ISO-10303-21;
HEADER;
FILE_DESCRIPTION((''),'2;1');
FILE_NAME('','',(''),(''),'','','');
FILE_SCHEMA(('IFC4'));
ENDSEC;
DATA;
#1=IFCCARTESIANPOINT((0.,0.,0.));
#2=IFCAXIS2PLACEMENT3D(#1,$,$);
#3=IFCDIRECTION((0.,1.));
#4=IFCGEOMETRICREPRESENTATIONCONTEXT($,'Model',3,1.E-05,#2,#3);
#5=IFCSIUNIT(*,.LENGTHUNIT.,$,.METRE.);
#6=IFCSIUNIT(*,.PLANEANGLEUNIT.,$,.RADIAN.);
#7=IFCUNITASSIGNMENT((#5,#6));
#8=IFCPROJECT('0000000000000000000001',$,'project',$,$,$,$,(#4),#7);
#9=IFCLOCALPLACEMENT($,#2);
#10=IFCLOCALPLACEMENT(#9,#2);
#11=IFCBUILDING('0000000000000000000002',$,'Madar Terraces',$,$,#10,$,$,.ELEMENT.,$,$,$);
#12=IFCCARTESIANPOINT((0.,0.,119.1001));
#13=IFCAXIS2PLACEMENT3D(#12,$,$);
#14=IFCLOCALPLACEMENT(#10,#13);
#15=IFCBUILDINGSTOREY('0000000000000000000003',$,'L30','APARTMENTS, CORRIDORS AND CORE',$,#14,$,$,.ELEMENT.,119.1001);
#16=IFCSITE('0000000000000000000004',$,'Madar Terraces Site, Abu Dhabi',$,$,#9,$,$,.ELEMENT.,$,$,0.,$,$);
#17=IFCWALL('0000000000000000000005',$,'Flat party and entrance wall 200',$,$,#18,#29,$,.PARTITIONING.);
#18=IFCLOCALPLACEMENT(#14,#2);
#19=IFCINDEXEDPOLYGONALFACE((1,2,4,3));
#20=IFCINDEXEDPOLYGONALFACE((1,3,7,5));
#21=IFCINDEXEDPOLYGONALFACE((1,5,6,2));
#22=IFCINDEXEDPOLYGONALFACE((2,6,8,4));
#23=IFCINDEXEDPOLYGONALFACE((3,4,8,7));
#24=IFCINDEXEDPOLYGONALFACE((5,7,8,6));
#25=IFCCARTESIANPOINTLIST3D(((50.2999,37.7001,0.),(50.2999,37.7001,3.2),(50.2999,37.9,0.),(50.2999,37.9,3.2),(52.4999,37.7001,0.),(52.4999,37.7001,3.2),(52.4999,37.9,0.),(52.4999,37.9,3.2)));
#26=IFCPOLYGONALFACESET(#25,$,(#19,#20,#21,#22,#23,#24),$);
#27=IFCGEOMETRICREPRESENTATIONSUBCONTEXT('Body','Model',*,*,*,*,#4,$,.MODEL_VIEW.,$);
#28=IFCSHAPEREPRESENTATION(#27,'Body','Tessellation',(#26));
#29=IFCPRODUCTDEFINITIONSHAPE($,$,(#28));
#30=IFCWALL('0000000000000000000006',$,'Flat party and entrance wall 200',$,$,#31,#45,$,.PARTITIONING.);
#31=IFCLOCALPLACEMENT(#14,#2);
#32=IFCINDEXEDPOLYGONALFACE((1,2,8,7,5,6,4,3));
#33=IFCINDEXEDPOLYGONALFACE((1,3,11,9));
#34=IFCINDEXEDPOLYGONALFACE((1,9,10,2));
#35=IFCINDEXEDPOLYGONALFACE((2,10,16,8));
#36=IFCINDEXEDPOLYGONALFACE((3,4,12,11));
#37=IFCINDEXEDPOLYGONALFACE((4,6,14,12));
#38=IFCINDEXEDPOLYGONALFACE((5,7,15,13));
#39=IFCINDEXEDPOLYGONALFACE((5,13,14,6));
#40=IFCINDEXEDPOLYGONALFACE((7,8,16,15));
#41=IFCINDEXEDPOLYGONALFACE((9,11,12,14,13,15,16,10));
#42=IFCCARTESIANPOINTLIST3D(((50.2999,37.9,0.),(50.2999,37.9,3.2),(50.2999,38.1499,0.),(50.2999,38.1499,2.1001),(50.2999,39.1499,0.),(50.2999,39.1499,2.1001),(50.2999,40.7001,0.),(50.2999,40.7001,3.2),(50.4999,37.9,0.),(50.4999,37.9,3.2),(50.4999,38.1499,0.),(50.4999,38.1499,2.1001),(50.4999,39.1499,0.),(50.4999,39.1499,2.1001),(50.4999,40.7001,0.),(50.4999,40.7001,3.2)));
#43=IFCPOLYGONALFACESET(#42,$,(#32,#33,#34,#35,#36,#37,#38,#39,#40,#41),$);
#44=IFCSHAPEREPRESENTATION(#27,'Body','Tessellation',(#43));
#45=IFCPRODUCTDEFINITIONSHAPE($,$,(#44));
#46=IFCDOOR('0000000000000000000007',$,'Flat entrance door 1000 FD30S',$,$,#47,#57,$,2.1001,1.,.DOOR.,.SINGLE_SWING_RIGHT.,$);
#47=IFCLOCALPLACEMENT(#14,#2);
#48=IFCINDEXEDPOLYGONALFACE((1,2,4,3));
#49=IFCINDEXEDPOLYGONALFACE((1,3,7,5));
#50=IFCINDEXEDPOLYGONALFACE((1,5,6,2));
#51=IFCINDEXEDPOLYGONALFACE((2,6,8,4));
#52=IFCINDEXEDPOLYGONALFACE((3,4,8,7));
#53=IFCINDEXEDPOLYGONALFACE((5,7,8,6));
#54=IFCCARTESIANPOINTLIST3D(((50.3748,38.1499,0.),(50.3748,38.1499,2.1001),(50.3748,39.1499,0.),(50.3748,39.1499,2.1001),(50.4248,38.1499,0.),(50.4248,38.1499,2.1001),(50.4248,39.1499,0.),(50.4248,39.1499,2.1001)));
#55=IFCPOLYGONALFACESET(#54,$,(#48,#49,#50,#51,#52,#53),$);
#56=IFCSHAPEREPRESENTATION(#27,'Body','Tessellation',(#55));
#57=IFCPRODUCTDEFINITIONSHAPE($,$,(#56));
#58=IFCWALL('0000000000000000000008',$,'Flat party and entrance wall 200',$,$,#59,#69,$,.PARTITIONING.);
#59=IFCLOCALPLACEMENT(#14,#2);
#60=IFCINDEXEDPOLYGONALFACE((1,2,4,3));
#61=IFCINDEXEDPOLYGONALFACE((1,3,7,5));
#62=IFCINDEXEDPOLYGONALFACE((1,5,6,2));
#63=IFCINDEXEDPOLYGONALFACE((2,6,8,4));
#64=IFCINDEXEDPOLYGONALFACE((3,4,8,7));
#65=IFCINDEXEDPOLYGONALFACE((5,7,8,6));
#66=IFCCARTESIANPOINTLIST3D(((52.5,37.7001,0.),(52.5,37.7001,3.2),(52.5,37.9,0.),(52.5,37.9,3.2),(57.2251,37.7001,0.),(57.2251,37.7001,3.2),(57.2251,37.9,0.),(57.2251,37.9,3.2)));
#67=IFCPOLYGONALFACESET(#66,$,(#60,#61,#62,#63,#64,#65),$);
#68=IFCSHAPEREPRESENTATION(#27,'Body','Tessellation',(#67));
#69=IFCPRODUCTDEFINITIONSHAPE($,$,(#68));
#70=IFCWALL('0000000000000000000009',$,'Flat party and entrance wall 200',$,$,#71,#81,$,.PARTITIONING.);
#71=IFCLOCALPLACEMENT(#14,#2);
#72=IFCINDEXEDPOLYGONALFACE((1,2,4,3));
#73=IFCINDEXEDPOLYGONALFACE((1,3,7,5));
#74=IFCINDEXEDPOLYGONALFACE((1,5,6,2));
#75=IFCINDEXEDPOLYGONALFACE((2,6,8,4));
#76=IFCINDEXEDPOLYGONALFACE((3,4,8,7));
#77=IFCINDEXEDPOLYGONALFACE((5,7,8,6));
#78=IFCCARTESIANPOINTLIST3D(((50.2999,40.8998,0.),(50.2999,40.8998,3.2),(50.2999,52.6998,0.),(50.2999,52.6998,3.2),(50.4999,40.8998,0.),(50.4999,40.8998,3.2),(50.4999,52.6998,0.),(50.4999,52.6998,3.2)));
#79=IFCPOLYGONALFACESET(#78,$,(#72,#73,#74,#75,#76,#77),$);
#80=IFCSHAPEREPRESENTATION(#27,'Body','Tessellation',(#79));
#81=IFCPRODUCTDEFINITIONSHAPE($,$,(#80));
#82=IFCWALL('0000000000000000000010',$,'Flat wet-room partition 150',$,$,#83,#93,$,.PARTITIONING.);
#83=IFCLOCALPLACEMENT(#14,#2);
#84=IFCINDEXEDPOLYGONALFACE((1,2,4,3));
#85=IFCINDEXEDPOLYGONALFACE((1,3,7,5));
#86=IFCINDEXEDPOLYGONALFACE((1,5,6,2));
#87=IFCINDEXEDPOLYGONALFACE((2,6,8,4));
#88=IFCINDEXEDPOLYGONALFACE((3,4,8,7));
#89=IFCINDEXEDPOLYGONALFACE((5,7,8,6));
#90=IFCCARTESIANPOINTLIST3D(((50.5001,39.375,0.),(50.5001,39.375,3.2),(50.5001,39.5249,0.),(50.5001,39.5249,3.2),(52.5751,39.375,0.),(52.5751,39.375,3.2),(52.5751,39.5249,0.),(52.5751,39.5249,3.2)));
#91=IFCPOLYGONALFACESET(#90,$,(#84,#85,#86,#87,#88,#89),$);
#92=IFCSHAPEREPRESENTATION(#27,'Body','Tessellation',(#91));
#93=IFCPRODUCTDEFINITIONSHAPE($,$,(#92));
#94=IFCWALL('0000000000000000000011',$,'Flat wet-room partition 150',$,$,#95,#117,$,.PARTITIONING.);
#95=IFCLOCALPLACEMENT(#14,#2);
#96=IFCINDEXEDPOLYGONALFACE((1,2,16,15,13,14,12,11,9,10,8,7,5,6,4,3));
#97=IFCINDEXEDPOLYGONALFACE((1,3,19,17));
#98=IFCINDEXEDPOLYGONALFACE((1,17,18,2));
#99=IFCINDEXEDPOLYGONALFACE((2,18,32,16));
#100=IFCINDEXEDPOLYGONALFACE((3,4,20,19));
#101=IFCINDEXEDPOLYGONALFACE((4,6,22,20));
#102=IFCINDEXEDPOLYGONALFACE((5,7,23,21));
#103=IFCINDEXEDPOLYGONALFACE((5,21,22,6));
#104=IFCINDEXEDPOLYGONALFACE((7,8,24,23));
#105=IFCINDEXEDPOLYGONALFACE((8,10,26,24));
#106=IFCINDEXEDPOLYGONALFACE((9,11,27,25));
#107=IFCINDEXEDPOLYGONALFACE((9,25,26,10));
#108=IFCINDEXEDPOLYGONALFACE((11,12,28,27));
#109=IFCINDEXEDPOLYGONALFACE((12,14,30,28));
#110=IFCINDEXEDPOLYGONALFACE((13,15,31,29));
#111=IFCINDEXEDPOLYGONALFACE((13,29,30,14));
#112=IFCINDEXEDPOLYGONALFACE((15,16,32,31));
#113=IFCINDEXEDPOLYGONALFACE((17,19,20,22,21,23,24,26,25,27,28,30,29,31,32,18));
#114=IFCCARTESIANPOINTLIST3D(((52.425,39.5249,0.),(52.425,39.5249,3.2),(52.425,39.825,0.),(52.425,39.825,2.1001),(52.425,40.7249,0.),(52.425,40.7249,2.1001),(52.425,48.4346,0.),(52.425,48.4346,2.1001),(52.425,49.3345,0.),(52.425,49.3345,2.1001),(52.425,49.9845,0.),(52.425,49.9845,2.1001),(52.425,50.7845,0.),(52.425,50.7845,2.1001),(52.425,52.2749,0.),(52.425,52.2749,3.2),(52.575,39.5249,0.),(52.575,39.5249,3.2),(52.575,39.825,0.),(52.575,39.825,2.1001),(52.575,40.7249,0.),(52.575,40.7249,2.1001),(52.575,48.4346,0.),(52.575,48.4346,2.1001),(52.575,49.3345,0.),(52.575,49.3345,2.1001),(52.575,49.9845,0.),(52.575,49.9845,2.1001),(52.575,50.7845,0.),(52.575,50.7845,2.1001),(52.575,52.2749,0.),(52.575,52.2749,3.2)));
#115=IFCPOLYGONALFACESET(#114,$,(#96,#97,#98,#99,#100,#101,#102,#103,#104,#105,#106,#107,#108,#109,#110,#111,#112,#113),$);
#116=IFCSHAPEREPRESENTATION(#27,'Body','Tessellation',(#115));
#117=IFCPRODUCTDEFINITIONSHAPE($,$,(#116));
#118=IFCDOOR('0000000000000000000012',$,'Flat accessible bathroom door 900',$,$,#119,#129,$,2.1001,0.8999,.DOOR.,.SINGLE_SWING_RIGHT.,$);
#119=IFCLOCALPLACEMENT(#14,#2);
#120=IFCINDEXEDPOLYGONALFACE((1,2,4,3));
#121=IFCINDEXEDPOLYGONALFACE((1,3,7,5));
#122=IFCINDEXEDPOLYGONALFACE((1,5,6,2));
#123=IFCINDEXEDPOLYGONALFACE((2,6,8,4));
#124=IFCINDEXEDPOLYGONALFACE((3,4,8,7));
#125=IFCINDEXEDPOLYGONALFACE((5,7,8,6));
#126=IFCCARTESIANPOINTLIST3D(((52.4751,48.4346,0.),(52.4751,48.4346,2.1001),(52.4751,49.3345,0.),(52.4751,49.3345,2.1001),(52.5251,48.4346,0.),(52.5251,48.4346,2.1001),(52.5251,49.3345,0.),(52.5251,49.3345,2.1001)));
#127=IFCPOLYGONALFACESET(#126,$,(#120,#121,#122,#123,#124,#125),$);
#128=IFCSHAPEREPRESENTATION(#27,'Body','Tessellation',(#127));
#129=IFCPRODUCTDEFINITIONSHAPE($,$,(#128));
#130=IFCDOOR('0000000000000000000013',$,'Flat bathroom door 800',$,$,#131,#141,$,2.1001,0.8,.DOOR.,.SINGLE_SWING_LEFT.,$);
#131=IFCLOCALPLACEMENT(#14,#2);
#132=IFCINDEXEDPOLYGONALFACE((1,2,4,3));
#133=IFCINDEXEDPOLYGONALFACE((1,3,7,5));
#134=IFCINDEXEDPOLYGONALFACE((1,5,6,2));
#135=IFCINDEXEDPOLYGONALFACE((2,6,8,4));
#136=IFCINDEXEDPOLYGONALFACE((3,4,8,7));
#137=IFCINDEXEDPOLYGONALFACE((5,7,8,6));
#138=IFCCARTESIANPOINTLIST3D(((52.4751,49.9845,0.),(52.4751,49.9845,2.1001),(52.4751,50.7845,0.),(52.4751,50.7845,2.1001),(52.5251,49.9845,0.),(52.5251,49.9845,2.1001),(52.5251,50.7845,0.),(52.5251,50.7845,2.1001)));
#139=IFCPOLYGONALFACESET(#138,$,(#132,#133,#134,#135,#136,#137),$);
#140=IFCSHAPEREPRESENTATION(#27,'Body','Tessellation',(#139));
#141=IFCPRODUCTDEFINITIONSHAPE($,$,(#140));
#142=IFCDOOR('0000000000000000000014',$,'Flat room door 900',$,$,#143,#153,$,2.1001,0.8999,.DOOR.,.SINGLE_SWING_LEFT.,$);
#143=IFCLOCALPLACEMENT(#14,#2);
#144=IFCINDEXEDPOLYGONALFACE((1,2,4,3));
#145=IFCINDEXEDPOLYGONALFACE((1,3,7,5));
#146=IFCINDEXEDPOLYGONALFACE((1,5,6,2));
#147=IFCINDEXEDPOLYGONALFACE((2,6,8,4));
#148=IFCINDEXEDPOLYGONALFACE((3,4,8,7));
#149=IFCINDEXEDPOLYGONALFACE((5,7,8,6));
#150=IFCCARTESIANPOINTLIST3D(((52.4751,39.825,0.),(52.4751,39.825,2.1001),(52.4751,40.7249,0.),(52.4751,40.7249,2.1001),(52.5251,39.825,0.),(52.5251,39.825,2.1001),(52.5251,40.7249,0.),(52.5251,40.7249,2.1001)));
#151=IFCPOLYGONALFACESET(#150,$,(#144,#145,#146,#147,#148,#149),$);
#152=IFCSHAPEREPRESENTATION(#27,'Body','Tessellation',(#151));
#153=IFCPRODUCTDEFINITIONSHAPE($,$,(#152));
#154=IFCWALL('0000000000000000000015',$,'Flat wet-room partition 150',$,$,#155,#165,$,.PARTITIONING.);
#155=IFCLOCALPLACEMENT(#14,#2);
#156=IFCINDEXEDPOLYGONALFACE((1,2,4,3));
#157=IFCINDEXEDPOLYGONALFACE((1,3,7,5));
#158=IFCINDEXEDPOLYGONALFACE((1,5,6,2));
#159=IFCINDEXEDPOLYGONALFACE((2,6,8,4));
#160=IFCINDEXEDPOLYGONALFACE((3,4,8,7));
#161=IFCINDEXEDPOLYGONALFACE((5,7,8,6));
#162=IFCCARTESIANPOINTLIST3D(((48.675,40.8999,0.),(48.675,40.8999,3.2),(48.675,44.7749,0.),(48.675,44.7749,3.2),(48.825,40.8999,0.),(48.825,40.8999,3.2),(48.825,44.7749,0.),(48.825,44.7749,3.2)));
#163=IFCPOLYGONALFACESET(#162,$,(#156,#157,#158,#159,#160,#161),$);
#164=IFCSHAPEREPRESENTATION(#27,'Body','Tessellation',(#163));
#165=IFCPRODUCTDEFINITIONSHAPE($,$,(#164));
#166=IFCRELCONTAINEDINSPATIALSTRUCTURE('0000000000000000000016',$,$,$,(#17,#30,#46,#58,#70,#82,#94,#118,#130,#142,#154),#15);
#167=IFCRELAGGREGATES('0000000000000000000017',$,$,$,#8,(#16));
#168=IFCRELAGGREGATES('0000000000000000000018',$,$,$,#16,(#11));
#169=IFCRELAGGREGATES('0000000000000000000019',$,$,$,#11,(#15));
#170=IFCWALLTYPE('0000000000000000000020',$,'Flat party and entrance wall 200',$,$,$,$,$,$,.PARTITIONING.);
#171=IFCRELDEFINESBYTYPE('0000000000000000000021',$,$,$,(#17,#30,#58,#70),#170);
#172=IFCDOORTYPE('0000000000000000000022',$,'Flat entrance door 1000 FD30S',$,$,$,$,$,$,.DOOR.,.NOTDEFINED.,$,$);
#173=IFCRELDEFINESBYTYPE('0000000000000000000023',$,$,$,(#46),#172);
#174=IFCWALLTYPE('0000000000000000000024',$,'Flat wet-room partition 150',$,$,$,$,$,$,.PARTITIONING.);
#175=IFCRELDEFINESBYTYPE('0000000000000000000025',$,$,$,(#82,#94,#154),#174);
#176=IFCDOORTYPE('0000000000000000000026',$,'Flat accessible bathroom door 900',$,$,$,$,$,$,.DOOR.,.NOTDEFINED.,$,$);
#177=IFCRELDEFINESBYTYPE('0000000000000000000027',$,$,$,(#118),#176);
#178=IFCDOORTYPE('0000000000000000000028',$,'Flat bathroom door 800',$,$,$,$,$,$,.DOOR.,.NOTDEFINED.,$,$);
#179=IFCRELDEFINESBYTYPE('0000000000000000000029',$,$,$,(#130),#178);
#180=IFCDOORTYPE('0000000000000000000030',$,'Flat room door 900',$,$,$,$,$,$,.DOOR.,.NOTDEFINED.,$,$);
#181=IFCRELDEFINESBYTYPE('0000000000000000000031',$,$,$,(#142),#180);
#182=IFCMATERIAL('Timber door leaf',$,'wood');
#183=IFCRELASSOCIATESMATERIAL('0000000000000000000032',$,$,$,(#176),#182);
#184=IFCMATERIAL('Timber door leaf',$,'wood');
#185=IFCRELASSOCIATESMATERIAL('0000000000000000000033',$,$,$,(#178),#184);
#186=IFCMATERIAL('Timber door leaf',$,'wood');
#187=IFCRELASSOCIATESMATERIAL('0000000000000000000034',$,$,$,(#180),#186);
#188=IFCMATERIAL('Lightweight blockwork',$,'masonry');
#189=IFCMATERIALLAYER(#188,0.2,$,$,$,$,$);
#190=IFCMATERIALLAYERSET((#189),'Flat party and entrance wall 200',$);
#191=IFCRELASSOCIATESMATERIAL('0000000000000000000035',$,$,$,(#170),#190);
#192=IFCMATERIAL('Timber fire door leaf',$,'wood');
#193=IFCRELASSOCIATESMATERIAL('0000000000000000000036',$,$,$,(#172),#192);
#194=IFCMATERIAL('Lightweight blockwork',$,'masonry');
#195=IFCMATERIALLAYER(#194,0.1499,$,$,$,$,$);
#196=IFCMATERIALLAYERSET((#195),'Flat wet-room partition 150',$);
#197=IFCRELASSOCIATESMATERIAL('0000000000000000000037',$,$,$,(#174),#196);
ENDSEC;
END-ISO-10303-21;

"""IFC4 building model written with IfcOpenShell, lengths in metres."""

from ifc_helpers import new_model, si_unit, direction, frame, frame_2d, origin, place, context, subcontext, project, spatial, rectangle, extrude, material, layer, layer_set, type_object, element, fill, save


model = new_model("IFC4")

# Units and contexts
model_context = context("Model", 3, precision=1e-05, world=origin(), true_north=direction((0.0, 1.0)))
body_context = subcontext(model_context, "Body", "Model", "MODEL_VIEW")
ifc_project = project(units=[si_unit("LENGTHUNIT", "METRE"), si_unit("PLANEANGLEUNIT", "RADIAN")], contexts=[model_context])

# Site, building, storey
site_placement = place(None, origin())
site = spatial("IfcSite", under=ifc_project, at=site_placement, Name="Madar Terraces Site, Abu Dhabi", CompositionType="ELEMENT", RefElevation=0.0)
building_placement = place(site_placement, origin())
building = spatial("IfcBuilding", under=site, at=building_placement, Name="Madar Terraces", CompositionType="ELEMENT")
storey_placement = place(building_placement, frame((0.0, 0.0, 119.1001)))
storey = spatial("IfcBuildingStorey", under=building, at=storey_placement, Name="L30", Description="APARTMENTS, CORRIDORS AND CORE", CompositionType="ELEMENT", Elevation=119.1001)

# Shared definitions
ifc_material_1 = material(Name="Timber door leaf", Category="wood")
door_type_1 = type_object("IfcDoorType", Name="Flat accessible bathroom door 900", OperationType="NOTDEFINED", PredefinedType="DOOR", material=ifc_material_1)
ifc_material_2 = material(Name="Timber door leaf", Category="wood")
door_type_2 = type_object("IfcDoorType", Name="Flat bathroom door 800", OperationType="NOTDEFINED", PredefinedType="DOOR", material=ifc_material_2)
ifc_material_3 = material(Name="Timber door leaf", Category="wood")
door_type_3 = type_object("IfcDoorType", Name="Flat room door 900", OperationType="NOTDEFINED", PredefinedType="DOOR", material=ifc_material_3)

# Shared definitions
ifc_material_4 = material(Name="Lightweight blockwork", Category="masonry")
ifc_layer_1 = layer(ifc_material_4, 0.2)
ifc_layer_set_1 = layer_set([ifc_layer_1], Name="Flat party and entrance wall 200")
wall_type_1 = type_object("IfcWallType", Name="Flat party and entrance wall 200", PredefinedType="PARTITIONING", material=ifc_layer_set_1)
ifc_material_5 = material(Name="Timber fire door leaf", Category="wood")
door_type_4 = type_object("IfcDoorType", Name="Flat entrance door 1000 FD30S", OperationType="NOTDEFINED", PredefinedType="DOOR", material=ifc_material_5)

# Wall
wall_1_placement = place(storey_placement, frame((52.5, 37.8, 0.0), z_axis=(0.0, 0.0, 1.0), x_axis=(-1.0, 0.0, 0.0)))
element("IfcWall", 1, at=wall_1_placement, inside=storey, type_object=wall_type_1, Name="Flat party and entrance wall 200", PredefinedType="PARTITIONING", context=body_context, shape_type="SweptSolid", body=[
    extrude(rectangle(XDim=2.2, YDim=0.2, at=frame_2d((1.1001, 0.0))), origin(), (0.0, 0.0, 1.0), 3.2),
])

# Wall, opening, door
wall_2_placement = place(storey_placement, frame((50.3999, 40.7, 0.0), z_axis=(0.0, 0.0, 1.0), x_axis=(0.0, -1.0, 0.0)))
wall_2 = element("IfcWall", 2, at=wall_2_placement, inside=storey, type_object=wall_type_1, Name="Flat party and entrance wall 200", PredefinedType="PARTITIONING", context=body_context, shape_type="SweptSolid", body=[
    extrude(rectangle(XDim=2.8, YDim=0.2, at=frame_2d((1.3999, 0.0))), origin(), (0.0, 0.0, 1.0), 3.2),
])
opening_1_placement = place(wall_2_placement, frame((1.55, 0.0, 0.0)))
opening_1 = element("IfcOpeningElement", 3, at=opening_1_placement, cuts=wall_2, PredefinedType="OPENING", context=body_context, shape_type="SweptSolid", body=[
    extrude(rectangle(XDim=1.0, YDim=2.1001, at=frame_2d((0.5, 1.05))), frame((0.0, 0.1099, 0.0), z_axis=(0.0, -1.0, 0.0), x_axis=(1.0, 0.0, 0.0)), (0.0, 0.0, 1.0), 0.22),
])
door_1_placement = place(opening_1_placement, origin())
door_1 = element("IfcDoor", 4, at=door_1_placement, inside=storey, type_object=door_type_4, Name="Flat entrance door 1000 FD30S", OperationType="SINGLE_SWING_RIGHT", OverallHeight=2.1001, OverallWidth=1.0, PredefinedType="DOOR", context=body_context, shape_type="SweptSolid", body=[
    extrude(rectangle(XDim=1.0, YDim=2.1001, at=frame_2d((0.5, 1.05))), frame((0.0, 0.0249, 0.0), z_axis=(0.0, -1.0, 0.0), x_axis=(1.0, 0.0, 0.0)), (0.0, 0.0, 1.0), 0.05),
])
fill(opening_1, door_1)

# Walls
wall_3_placement = place(storey_placement, frame((52.5, 37.8, 0.0), z_axis=(0.0, 0.0, 1.0), x_axis=(1.0, 0.0, 0.0)))
element("IfcWall", 5, at=wall_3_placement, inside=storey, type_object=wall_type_1, Name="Flat party and entrance wall 200", PredefinedType="PARTITIONING", context=body_context, shape_type="SweptSolid", body=[
    extrude(rectangle(XDim=4.7251, YDim=0.2, at=frame_2d((2.3625, 0.0))), origin(), (0.0, 0.0, 1.0), 3.2),
])
wall_4_placement = place(storey_placement, frame((50.3999, 40.8999, 0.0), z_axis=(0.0, 0.0, 1.0), x_axis=(0.0, 1.0, 0.0)))
element("IfcWall", 6, at=wall_4_placement, inside=storey, type_object=wall_type_1, Name="Flat party and entrance wall 200", PredefinedType="PARTITIONING", context=body_context, shape_type="SweptSolid", body=[
    extrude(rectangle(XDim=11.8, YDim=0.2, at=frame_2d((5.8999, 0.0))), origin(), (0.0, 0.0, 1.0), 3.2),
])
ifc_material_6 = material(Name="Lightweight blockwork", Category="masonry")
ifc_layer_2 = layer(ifc_material_6, 0.1499)
ifc_layer_set_2 = layer_set([ifc_layer_2], Name="Flat wet-room partition 150")
wall_type_2 = type_object("IfcWallType", Name="Flat wet-room partition 150", PredefinedType="PARTITIONING", material=ifc_layer_set_2)
wall_5_placement = place(storey_placement, frame((50.5, 39.45, 0.0), z_axis=(0.0, 0.0, 1.0), x_axis=(1.0, 0.0, 0.0)))
element("IfcWall", 7, at=wall_5_placement, inside=storey, type_object=wall_type_2, Name="Flat wet-room partition 150", PredefinedType="PARTITIONING", context=body_context, shape_type="SweptSolid", body=[
    extrude(rectangle(XDim=2.075, YDim=0.1499, at=frame_2d((1.0376, 0.0))), origin(), (0.0, 0.0, 1.0), 3.2),
])

# Wall, openings, doors
wall_6_placement = place(storey_placement, frame((52.5, 39.5249, 0.0), z_axis=(0.0, 0.0, 1.0), x_axis=(0.0, 1.0, 0.0)))
wall_6 = element("IfcWall", 8, at=wall_6_placement, inside=storey, type_object=wall_type_2, Name="Flat wet-room partition 150", PredefinedType="PARTITIONING", context=body_context, shape_type="SweptSolid", body=[
    extrude(rectangle(XDim=12.75, YDim=0.1499, at=frame_2d((6.375, 0.0))), origin(), (0.0, 0.0, 1.0), 3.2),
])
opening_2_placement = place(wall_6_placement, frame((0.3, 0.0, 0.0)))
opening_2 = element("IfcOpeningElement", 9, at=opening_2_placement, cuts=wall_6, PredefinedType="OPENING", context=body_context, shape_type="SweptSolid", body=[
    extrude(rectangle(XDim=0.8999, YDim=2.1001, at=frame_2d((0.45, 1.05))), frame((0.0, 0.085, 0.0), z_axis=(0.0, -1.0, 0.0), x_axis=(1.0, 0.0, 0.0)), (0.0, 0.0, 1.0), 0.1699),
])
opening_3_placement = place(wall_6_placement, frame((8.9097, 0.0, 0.0)))
opening_3 = element("IfcOpeningElement", 10, at=opening_3_placement, cuts=wall_6, PredefinedType="OPENING", context=body_context, shape_type="SweptSolid", body=[
    extrude(rectangle(XDim=0.8999, YDim=2.1001, at=frame_2d((0.45, 1.05))), frame((0.0, 0.085, 0.0), z_axis=(0.0, -1.0, 0.0), x_axis=(1.0, 0.0, 0.0)), (0.0, 0.0, 1.0), 0.1699),
])
opening_4_placement = place(wall_6_placement, frame((10.4597, 0.0, 0.0)))
opening_4 = element("IfcOpeningElement", 11, at=opening_4_placement, cuts=wall_6, PredefinedType="OPENING", context=body_context, shape_type="SweptSolid", body=[
    extrude(rectangle(XDim=0.8, YDim=2.1001, at=frame_2d((0.3999, 1.05))), frame((0.0, 0.085, 0.0), z_axis=(0.0, -1.0, 0.0), x_axis=(1.0, 0.0, 0.0)), (0.0, 0.0, 1.0), 0.1699),
])
door_2_placement = place(opening_3_placement, origin())
door_2 = element("IfcDoor", 12, at=door_2_placement, inside=storey, type_object=door_type_1, Name="Flat accessible bathroom door 900", OperationType="SINGLE_SWING_RIGHT", OverallHeight=2.1001, OverallWidth=0.8999, PredefinedType="DOOR", context=body_context, shape_type="SweptSolid", body=[
    extrude(rectangle(XDim=0.8999, YDim=2.1001, at=frame_2d((0.45, 1.05))), frame((0.0, 0.0249, 0.0), z_axis=(0.0, -1.0, 0.0), x_axis=(1.0, 0.0, 0.0)), (0.0, 0.0, 1.0), 0.05),
])
fill(opening_3, door_2)
door_3_placement = place(opening_4_placement, origin())
door_3 = element("IfcDoor", 13, at=door_3_placement, inside=storey, type_object=door_type_2, Name="Flat bathroom door 800", OperationType="SINGLE_SWING_LEFT", OverallHeight=2.1001, OverallWidth=0.8, PredefinedType="DOOR", context=body_context, shape_type="SweptSolid", body=[
    extrude(rectangle(XDim=0.8, YDim=2.1001, at=frame_2d((0.3999, 1.05))), frame((0.0, 0.0249, 0.0), z_axis=(0.0, -1.0, 0.0), x_axis=(1.0, 0.0, 0.0)), (0.0, 0.0, 1.0), 0.05),
])
fill(opening_4, door_3)
door_4_placement = place(opening_2_placement, origin())
door_4 = element("IfcDoor", 14, at=door_4_placement, inside=storey, type_object=door_type_3, Name="Flat room door 900", OperationType="SINGLE_SWING_LEFT", OverallHeight=2.1001, OverallWidth=0.8999, PredefinedType="DOOR", context=body_context, shape_type="SweptSolid", body=[
    extrude(rectangle(XDim=0.8999, YDim=2.1001, at=frame_2d((0.45, 1.05))), frame((0.0, 0.0249, 0.0), z_axis=(0.0, -1.0, 0.0), x_axis=(1.0, 0.0, 0.0)), (0.0, 0.0, 1.0), 0.05),
])
fill(opening_2, door_4)

# Wall
wall_7_placement = place(storey_placement, frame((48.75, 40.8999, 0.0), z_axis=(0.0, 0.0, 1.0), x_axis=(0.0, 1.0, 0.0)))
element("IfcWall", 15, at=wall_7_placement, inside=storey, type_object=wall_type_2, Name="Flat wet-room partition 150", PredefinedType="PARTITIONING", context=body_context, shape_type="SweptSolid", body=[
    extrude(rectangle(XDim=3.875, YDim=0.1499, at=frame_2d((1.9375, 0.0))), origin(), (0.0, 0.0, 1.0), 3.2),
])

save(model, "model.ifc")
